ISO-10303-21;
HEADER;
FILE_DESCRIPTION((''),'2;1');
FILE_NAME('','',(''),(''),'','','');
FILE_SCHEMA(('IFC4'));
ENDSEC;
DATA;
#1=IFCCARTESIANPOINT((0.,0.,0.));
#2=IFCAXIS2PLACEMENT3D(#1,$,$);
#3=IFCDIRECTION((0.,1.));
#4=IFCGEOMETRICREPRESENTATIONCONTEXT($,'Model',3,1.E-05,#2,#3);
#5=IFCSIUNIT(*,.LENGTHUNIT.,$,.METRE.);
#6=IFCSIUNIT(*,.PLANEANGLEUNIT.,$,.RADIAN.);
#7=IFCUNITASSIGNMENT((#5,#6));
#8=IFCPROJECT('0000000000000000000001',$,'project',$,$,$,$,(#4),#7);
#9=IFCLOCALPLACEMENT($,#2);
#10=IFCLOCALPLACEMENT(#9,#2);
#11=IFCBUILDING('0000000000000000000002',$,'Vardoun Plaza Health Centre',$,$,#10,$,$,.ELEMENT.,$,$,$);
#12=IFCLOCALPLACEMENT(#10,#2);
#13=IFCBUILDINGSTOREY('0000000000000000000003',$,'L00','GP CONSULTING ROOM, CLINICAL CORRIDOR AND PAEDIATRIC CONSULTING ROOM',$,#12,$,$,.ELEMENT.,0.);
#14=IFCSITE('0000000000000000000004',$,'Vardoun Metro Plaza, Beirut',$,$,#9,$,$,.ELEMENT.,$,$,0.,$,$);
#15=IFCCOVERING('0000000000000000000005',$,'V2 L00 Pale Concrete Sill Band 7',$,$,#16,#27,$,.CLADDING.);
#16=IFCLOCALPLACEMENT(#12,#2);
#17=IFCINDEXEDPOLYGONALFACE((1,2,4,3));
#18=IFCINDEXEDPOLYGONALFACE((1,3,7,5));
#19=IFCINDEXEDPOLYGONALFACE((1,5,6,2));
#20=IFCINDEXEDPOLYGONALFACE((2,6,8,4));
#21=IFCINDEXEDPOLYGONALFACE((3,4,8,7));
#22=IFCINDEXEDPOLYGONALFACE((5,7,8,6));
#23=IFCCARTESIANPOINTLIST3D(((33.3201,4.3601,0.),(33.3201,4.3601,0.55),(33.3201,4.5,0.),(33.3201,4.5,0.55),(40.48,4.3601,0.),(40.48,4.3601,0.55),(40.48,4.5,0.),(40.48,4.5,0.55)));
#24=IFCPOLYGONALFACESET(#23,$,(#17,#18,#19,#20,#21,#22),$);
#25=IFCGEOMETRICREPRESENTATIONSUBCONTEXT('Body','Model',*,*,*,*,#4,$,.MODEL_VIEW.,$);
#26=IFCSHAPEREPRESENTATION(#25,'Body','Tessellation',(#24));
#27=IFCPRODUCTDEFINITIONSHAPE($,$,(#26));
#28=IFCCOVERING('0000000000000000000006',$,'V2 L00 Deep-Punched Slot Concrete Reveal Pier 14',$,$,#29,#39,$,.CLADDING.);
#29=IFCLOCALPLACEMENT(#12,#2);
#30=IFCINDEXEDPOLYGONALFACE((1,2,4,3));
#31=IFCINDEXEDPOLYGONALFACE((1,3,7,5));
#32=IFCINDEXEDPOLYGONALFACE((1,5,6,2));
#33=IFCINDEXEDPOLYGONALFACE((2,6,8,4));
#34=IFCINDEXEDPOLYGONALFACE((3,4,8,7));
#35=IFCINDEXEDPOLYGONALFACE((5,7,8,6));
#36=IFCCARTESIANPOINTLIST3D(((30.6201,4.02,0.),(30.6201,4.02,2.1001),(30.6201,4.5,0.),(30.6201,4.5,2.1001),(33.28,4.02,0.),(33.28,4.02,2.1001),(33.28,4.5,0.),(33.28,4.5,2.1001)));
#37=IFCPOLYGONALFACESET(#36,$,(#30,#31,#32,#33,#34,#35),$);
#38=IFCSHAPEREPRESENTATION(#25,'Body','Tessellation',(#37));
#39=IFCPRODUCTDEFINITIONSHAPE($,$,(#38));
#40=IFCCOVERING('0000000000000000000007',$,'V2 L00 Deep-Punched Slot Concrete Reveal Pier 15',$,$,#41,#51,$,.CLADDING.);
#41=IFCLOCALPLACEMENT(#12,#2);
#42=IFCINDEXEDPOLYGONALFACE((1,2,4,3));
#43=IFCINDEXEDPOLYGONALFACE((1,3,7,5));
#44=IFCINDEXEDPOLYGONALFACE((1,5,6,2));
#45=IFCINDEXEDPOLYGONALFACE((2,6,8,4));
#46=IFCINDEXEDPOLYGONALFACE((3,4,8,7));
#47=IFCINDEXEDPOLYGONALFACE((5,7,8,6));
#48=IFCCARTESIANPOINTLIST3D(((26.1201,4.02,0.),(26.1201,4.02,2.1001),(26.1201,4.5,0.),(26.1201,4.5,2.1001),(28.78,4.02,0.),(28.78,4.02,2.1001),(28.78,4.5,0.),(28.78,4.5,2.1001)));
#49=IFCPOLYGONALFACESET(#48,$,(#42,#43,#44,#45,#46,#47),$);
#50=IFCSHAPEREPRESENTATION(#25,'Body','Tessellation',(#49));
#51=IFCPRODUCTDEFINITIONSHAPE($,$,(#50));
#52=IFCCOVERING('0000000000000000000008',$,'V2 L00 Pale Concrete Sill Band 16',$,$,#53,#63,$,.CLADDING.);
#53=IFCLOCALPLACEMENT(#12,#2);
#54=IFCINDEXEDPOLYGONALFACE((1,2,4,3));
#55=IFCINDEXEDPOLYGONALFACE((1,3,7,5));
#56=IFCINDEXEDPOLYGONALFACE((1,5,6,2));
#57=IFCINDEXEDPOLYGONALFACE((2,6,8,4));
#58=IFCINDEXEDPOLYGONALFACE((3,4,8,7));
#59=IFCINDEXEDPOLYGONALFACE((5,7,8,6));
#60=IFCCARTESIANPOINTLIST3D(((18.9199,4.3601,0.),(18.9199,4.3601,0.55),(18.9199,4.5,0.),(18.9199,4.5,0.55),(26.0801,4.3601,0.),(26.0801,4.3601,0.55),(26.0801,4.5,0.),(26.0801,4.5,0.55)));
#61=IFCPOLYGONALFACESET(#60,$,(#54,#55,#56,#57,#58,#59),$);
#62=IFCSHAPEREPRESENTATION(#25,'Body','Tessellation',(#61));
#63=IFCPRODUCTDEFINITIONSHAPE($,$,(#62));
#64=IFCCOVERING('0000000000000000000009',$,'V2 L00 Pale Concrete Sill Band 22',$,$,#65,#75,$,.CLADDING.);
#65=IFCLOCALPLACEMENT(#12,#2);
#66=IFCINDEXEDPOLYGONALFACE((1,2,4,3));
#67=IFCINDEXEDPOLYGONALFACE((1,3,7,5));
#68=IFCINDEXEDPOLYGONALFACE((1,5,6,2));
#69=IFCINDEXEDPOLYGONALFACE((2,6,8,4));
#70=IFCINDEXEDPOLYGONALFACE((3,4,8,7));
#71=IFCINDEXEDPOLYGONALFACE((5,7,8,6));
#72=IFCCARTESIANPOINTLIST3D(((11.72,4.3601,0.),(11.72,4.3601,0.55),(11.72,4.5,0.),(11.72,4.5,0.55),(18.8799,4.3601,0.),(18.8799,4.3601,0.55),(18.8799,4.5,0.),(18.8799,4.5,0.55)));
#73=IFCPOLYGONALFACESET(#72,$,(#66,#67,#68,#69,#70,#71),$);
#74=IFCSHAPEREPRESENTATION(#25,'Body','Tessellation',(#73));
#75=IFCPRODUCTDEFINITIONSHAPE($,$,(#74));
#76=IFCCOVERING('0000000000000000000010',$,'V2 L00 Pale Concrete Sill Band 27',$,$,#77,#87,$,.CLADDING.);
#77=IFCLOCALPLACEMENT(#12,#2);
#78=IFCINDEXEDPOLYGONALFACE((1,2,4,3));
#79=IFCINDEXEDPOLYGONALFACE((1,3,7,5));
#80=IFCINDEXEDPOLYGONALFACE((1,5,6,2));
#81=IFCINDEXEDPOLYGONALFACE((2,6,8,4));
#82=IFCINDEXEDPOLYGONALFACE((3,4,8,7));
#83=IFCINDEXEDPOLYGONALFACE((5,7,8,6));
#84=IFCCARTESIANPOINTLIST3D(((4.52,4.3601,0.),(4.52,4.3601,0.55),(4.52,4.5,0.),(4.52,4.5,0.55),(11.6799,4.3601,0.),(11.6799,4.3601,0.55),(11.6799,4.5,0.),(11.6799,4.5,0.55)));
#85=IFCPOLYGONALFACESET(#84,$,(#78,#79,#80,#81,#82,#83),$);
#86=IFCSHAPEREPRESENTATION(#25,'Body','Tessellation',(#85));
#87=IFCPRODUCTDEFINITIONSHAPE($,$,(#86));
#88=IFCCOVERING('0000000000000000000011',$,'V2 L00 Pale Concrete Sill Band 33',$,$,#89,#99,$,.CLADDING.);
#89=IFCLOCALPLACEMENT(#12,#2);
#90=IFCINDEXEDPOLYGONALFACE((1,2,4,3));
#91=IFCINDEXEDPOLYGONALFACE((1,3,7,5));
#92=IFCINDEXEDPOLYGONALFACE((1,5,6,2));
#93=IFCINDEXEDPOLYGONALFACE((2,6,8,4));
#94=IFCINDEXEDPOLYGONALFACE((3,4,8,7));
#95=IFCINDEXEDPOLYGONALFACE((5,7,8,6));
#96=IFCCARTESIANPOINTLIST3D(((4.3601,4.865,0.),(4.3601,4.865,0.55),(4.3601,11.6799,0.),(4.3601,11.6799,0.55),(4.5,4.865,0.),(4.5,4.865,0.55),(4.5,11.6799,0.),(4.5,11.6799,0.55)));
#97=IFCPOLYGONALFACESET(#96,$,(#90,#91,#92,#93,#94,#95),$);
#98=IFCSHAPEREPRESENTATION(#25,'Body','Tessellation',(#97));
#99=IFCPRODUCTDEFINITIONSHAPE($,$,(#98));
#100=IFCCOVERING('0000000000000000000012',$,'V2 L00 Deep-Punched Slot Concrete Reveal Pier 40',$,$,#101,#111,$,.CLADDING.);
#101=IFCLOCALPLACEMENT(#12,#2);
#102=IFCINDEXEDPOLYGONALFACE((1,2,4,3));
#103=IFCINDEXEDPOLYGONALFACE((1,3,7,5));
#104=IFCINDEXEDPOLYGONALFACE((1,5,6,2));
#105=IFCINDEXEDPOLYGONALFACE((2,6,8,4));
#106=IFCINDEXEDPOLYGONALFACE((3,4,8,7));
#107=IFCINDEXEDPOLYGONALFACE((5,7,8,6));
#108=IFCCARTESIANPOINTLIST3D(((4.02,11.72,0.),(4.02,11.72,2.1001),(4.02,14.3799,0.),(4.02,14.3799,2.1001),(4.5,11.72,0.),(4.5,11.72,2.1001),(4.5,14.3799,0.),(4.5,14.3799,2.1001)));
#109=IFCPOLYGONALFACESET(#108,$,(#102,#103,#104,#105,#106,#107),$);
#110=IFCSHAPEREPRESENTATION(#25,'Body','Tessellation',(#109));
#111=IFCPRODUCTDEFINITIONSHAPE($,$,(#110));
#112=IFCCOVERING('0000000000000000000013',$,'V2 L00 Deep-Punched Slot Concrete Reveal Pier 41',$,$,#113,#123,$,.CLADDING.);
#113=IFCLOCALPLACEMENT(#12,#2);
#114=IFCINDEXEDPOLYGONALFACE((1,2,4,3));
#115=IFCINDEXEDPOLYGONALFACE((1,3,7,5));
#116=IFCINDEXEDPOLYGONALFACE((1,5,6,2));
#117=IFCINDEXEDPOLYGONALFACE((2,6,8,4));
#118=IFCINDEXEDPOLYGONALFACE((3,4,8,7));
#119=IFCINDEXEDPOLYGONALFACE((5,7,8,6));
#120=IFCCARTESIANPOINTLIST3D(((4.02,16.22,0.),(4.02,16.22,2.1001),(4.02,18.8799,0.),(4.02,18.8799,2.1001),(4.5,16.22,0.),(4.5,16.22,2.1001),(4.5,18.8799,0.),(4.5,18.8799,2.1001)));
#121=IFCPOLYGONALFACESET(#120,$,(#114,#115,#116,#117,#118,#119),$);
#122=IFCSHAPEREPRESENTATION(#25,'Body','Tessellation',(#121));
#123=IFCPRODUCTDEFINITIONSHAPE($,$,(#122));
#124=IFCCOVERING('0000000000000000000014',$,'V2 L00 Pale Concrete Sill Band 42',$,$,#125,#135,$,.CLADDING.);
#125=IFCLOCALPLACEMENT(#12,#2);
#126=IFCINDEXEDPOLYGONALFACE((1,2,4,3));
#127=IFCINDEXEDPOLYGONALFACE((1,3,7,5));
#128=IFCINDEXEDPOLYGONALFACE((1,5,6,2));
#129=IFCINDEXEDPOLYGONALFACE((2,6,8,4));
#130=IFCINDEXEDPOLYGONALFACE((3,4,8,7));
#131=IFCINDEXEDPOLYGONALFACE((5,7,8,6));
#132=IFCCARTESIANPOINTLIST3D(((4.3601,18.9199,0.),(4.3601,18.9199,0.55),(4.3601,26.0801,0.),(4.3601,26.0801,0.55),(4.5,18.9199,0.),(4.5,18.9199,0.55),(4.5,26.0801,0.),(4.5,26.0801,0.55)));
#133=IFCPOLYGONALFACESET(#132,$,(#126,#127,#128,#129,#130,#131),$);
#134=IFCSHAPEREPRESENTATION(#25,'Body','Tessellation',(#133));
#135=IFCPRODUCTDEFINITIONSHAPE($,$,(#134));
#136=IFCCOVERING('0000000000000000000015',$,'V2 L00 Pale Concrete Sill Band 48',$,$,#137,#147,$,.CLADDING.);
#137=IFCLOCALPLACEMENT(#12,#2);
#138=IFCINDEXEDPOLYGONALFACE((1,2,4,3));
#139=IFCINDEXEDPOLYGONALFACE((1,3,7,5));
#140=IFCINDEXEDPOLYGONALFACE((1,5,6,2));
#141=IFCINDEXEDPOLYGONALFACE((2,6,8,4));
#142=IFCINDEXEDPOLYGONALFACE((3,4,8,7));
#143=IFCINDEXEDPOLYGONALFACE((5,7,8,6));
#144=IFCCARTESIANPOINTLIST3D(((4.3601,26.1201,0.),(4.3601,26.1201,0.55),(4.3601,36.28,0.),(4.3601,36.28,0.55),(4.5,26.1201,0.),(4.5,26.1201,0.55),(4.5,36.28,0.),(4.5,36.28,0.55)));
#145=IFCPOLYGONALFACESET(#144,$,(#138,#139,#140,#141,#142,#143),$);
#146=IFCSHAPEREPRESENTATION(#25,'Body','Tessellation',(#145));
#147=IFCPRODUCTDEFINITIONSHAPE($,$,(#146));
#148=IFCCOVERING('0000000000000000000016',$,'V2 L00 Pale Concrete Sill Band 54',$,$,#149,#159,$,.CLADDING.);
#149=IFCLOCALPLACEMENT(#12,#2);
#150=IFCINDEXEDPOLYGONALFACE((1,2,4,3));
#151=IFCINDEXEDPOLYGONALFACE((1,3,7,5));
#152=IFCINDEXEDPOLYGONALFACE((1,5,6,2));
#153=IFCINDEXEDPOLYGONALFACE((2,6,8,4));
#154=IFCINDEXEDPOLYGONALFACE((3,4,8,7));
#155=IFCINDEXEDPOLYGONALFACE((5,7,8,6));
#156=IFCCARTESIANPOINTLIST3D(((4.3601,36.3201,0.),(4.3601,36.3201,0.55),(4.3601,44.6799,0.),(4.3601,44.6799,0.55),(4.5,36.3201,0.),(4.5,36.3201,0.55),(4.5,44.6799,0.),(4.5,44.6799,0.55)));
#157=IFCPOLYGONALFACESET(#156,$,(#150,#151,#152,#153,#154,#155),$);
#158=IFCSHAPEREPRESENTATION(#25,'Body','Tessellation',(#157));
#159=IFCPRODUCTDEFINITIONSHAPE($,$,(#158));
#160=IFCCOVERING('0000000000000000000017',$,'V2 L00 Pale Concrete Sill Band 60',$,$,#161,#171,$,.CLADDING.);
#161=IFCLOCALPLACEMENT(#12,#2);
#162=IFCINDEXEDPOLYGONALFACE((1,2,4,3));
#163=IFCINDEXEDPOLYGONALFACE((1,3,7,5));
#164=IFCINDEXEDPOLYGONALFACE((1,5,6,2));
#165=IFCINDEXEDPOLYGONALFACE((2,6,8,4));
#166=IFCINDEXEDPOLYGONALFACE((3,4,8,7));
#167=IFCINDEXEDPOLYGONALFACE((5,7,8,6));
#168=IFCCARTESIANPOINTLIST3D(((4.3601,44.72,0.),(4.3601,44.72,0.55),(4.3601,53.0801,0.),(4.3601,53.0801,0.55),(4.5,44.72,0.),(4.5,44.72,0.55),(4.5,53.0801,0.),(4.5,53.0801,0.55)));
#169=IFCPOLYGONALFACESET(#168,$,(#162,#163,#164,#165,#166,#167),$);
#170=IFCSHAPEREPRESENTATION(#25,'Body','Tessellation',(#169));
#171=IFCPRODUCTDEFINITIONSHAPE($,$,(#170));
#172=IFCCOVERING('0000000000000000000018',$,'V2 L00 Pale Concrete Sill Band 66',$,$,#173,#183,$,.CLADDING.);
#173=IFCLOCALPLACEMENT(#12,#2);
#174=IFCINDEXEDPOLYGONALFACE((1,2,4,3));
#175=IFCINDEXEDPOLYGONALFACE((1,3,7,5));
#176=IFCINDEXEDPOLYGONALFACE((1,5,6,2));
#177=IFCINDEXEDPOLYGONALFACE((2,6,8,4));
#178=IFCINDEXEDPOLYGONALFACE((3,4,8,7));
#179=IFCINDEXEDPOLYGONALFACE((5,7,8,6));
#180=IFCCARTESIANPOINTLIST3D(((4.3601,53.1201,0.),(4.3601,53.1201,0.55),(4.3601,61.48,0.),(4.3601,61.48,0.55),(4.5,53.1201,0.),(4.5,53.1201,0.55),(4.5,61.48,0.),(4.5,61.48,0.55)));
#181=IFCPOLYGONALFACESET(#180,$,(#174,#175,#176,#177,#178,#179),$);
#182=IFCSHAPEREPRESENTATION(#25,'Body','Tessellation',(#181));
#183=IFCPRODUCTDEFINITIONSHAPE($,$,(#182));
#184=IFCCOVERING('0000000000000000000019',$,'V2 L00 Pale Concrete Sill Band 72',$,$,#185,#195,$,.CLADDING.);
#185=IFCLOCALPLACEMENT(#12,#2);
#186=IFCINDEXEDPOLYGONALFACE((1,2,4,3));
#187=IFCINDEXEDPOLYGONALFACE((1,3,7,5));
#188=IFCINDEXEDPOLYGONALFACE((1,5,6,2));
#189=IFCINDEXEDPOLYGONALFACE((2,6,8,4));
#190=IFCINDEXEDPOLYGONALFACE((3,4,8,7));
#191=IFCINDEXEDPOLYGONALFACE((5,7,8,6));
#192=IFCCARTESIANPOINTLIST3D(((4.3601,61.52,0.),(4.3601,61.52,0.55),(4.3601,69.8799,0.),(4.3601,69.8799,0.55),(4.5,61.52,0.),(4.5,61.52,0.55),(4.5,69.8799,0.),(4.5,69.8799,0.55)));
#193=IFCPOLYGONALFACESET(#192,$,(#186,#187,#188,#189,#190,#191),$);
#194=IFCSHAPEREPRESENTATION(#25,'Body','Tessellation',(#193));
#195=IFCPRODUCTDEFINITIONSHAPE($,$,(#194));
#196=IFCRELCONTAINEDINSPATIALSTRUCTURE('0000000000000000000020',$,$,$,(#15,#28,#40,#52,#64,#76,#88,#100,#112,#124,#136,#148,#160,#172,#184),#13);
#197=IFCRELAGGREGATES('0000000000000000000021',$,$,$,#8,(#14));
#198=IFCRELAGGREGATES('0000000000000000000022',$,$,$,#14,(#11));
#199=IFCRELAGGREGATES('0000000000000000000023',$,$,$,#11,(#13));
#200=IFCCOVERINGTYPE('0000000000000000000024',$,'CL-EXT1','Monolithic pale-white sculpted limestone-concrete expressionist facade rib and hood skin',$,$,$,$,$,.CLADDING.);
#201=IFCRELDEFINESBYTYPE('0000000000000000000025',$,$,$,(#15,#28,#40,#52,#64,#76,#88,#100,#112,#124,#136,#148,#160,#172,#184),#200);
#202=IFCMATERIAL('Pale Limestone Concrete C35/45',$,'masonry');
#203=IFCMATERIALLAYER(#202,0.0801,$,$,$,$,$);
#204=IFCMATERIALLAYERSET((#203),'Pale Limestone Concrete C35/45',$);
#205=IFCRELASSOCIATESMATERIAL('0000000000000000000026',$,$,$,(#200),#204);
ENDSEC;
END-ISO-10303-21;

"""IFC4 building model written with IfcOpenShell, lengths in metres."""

from ifc_helpers import new_model, si_unit, direction, origin, place, context, subcontext, project, spatial, polyline, outline, extrude, material, layer, layer_set, type_object, element, save


model = new_model("IFC4")

# Units and contexts
model_context = context("Model", 3, precision=1e-05, world=origin(), true_north=direction((0.0, 1.0)))
body_context = subcontext(model_context, "Body", "Model", "MODEL_VIEW")
ifc_project = project(units=[si_unit("LENGTHUNIT", "METRE"), si_unit("PLANEANGLEUNIT", "RADIAN")], contexts=[model_context])

# Site, building, storey
site_placement = place(None, origin())
site = spatial("IfcSite", under=ifc_project, at=site_placement, Name="Vardoun Metro Plaza, Beirut", CompositionType="ELEMENT", RefElevation=0.0)
building_placement = place(site_placement, origin())
building = spatial("IfcBuilding", under=site, at=building_placement, Name="Vardoun Plaza Health Centre", CompositionType="ELEMENT")
storey_placement = place(building_placement, origin())
storey = spatial("IfcBuildingStorey", under=building, at=storey_placement, Name="L00", Description="GP CONSULTING ROOM, CLINICAL CORRIDOR AND PAEDIATRIC CONSULTING ROOM", CompositionType="ELEMENT", Elevation=0.0)

# Coverings
ifc_material_1 = material(Name="Pale Limestone Concrete C35/45", Category="masonry")
ifc_layer_1 = layer(ifc_material_1, 0.0801)
ifc_layer_set_1 = layer_set([ifc_layer_1], Name="Pale Limestone Concrete C35/45")
covering_type = type_object("IfcCoveringType", Name="CL-EXT1", Description="Monolithic pale-white sculpted limestone-concrete expressionist facade rib and hood skin", PredefinedType="CLADDING", material=ifc_layer_set_1)
covering_1_placement = place(storey_placement, origin())
element("IfcCovering", 1, at=covering_1_placement, inside=storey, type_object=covering_type, Name="V2 L00 Pale Concrete Sill Band 7", PredefinedType="CLADDING", context=body_context, shape_type="SweptSolid", body=[
    extrude(outline(polyline([(40.48, 4.5), (33.3201, 4.5), (33.3201, 4.3601), (40.48, 4.3601), (40.48, 4.5)])), origin(), (0.0, 0.0, 1.0), 0.55),
])
covering_2_placement = place(storey_placement, origin())
element("IfcCovering", 2, at=covering_2_placement, inside=storey, type_object=covering_type, Name="V2 L00 Deep-Punched Slot Concrete Reveal Pier 14", PredefinedType="CLADDING", context=body_context, shape_type="SweptSolid", body=[
    extrude(outline(polyline([(33.28, 4.5), (30.6201, 4.5), (30.6201, 4.02), (33.28, 4.02), (33.28, 4.5)])), origin(), (0.0, 0.0, 1.0), 2.1001),
])
covering_3_placement = place(storey_placement, origin())
element("IfcCovering", 3, at=covering_3_placement, inside=storey, type_object=covering_type, Name="V2 L00 Deep-Punched Slot Concrete Reveal Pier 15", PredefinedType="CLADDING", context=body_context, shape_type="SweptSolid", body=[
    extrude(outline(polyline([(28.78, 4.5), (26.1201, 4.5), (26.1201, 4.02), (28.78, 4.02), (28.78, 4.5)])), origin(), (0.0, 0.0, 1.0), 2.1001),
])
covering_4_placement = place(storey_placement, origin())
element("IfcCovering", 4, at=covering_4_placement, inside=storey, type_object=covering_type, Name="V2 L00 Pale Concrete Sill Band 16", PredefinedType="CLADDING", context=body_context, shape_type="SweptSolid", body=[
    extrude(outline(polyline([(26.0801, 4.5), (18.9199, 4.5), (18.9199, 4.3601), (26.0801, 4.3601), (26.0801, 4.5)])), origin(), (0.0, 0.0, 1.0), 0.55),
])
covering_5_placement = place(storey_placement, origin())
element("IfcCovering", 5, at=covering_5_placement, inside=storey, type_object=covering_type, Name="V2 L00 Pale Concrete Sill Band 22", PredefinedType="CLADDING", context=body_context, shape_type="SweptSolid", body=[
    extrude(outline(polyline([(18.8799, 4.5), (11.72, 4.5), (11.72, 4.3601), (18.8799, 4.3601), (18.8799, 4.5)])), origin(), (0.0, 0.0, 1.0), 0.55),
])
covering_6_placement = place(storey_placement, origin())
element("IfcCovering", 6, at=covering_6_placement, inside=storey, type_object=covering_type, Name="V2 L00 Pale Concrete Sill Band 27", PredefinedType="CLADDING", context=body_context, shape_type="SweptSolid", body=[
    extrude(outline(polyline([(11.6799, 4.5), (4.52, 4.5), (4.52, 4.3601), (11.6799, 4.3601), (11.6799, 4.5)])), origin(), (0.0, 0.0, 1.0), 0.55),
])
covering_7_placement = place(storey_placement, origin())
element("IfcCovering", 7, at=covering_7_placement, inside=storey, type_object=covering_type, Name="V2 L00 Pale Concrete Sill Band 33", PredefinedType="CLADDING", context=body_context, shape_type="SweptSolid", body=[
    extrude(outline(polyline([(4.5, 4.865), (4.5, 11.6799), (4.3601, 11.6799), (4.3601, 4.865), (4.5, 4.865)])), origin(), (0.0, 0.0, 1.0), 0.55),
])
covering_8_placement = place(storey_placement, origin())
element("IfcCovering", 8, at=covering_8_placement, inside=storey, type_object=covering_type, Name="V2 L00 Deep-Punched Slot Concrete Reveal Pier 40", PredefinedType="CLADDING", context=body_context, shape_type="SweptSolid", body=[
    extrude(outline(polyline([(4.5, 11.72), (4.5, 14.3799), (4.02, 14.3799), (4.02, 11.72), (4.5, 11.72)])), origin(), (0.0, 0.0, 1.0), 2.1001),
])
covering_9_placement = place(storey_placement, origin())
element("IfcCovering", 9, at=covering_9_placement, inside=storey, type_object=covering_type, Name="V2 L00 Deep-Punched Slot Concrete Reveal Pier 41", PredefinedType="CLADDING", context=body_context, shape_type="SweptSolid", body=[
    extrude(outline(polyline([(4.5, 16.22), (4.5, 18.8799), (4.02, 18.8799), (4.02, 16.22), (4.5, 16.22)])), origin(), (0.0, 0.0, 1.0), 2.1001),
])
covering_10_placement = place(storey_placement, origin())
element("IfcCovering", 10, at=covering_10_placement, inside=storey, type_object=covering_type, Name="V2 L00 Pale Concrete Sill Band 42", PredefinedType="CLADDING", context=body_context, shape_type="SweptSolid", body=[
    extrude(outline(polyline([(4.5, 18.9199), (4.5, 26.0801), (4.3601, 26.0801), (4.3601, 18.9199), (4.5, 18.9199)])), origin(), (0.0, 0.0, 1.0), 0.55),
])
covering_11_placement = place(storey_placement, origin())
element("IfcCovering", 11, at=covering_11_placement, inside=storey, type_object=covering_type, Name="V2 L00 Pale Concrete Sill Band 48", PredefinedType="CLADDING", context=body_context, shape_type="SweptSolid", body=[
    extrude(outline(polyline([(4.5, 26.1201), (4.5, 36.28), (4.3601, 36.28), (4.3601, 26.1201), (4.5, 26.1201)])), origin(), (0.0, 0.0, 1.0), 0.55),
])
covering_12_placement = place(storey_placement, origin())
element("IfcCovering", 12, at=covering_12_placement, inside=storey, type_object=covering_type, Name="V2 L00 Pale Concrete Sill Band 54", PredefinedType="CLADDING", context=body_context, shape_type="SweptSolid", body=[
    extrude(outline(polyline([(4.5, 36.3201), (4.5, 44.6799), (4.3601, 44.6799), (4.3601, 36.3201), (4.5, 36.3201)])), origin(), (0.0, 0.0, 1.0), 0.55),
])
covering_13_placement = place(storey_placement, origin())
element("IfcCovering", 13, at=covering_13_placement, inside=storey, type_object=covering_type, Name="V2 L00 Pale Concrete Sill Band 60", PredefinedType="CLADDING", context=body_context, shape_type="SweptSolid", body=[
    extrude(outline(polyline([(4.5, 44.72), (4.5, 53.0801), (4.3601, 53.0801), (4.3601, 44.72), (4.5, 44.72)])), origin(), (0.0, 0.0, 1.0), 0.55),
])
covering_14_placement = place(storey_placement, origin())
element("IfcCovering", 14, at=covering_14_placement, inside=storey, type_object=covering_type, Name="V2 L00 Pale Concrete Sill Band 66", PredefinedType="CLADDING", context=body_context, shape_type="SweptSolid", body=[
    extrude(outline(polyline([(4.5, 53.1201), (4.5, 61.48), (4.3601, 61.48), (4.3601, 53.1201), (4.5, 53.1201)])), origin(), (0.0, 0.0, 1.0), 0.55),
])
covering_15_placement = place(storey_placement, origin())
element("IfcCovering", 15, at=covering_15_placement, inside=storey, type_object=covering_type, Name="V2 L00 Pale Concrete Sill Band 72", PredefinedType="CLADDING", context=body_context, shape_type="SweptSolid", body=[
    extrude(outline(polyline([(4.5, 61.52), (4.5, 69.8799), (4.3601, 69.8799), (4.3601, 61.52), (4.5, 61.52)])), origin(), (0.0, 0.0, 1.0), 0.55),
])

save(model, "model.ifc")
